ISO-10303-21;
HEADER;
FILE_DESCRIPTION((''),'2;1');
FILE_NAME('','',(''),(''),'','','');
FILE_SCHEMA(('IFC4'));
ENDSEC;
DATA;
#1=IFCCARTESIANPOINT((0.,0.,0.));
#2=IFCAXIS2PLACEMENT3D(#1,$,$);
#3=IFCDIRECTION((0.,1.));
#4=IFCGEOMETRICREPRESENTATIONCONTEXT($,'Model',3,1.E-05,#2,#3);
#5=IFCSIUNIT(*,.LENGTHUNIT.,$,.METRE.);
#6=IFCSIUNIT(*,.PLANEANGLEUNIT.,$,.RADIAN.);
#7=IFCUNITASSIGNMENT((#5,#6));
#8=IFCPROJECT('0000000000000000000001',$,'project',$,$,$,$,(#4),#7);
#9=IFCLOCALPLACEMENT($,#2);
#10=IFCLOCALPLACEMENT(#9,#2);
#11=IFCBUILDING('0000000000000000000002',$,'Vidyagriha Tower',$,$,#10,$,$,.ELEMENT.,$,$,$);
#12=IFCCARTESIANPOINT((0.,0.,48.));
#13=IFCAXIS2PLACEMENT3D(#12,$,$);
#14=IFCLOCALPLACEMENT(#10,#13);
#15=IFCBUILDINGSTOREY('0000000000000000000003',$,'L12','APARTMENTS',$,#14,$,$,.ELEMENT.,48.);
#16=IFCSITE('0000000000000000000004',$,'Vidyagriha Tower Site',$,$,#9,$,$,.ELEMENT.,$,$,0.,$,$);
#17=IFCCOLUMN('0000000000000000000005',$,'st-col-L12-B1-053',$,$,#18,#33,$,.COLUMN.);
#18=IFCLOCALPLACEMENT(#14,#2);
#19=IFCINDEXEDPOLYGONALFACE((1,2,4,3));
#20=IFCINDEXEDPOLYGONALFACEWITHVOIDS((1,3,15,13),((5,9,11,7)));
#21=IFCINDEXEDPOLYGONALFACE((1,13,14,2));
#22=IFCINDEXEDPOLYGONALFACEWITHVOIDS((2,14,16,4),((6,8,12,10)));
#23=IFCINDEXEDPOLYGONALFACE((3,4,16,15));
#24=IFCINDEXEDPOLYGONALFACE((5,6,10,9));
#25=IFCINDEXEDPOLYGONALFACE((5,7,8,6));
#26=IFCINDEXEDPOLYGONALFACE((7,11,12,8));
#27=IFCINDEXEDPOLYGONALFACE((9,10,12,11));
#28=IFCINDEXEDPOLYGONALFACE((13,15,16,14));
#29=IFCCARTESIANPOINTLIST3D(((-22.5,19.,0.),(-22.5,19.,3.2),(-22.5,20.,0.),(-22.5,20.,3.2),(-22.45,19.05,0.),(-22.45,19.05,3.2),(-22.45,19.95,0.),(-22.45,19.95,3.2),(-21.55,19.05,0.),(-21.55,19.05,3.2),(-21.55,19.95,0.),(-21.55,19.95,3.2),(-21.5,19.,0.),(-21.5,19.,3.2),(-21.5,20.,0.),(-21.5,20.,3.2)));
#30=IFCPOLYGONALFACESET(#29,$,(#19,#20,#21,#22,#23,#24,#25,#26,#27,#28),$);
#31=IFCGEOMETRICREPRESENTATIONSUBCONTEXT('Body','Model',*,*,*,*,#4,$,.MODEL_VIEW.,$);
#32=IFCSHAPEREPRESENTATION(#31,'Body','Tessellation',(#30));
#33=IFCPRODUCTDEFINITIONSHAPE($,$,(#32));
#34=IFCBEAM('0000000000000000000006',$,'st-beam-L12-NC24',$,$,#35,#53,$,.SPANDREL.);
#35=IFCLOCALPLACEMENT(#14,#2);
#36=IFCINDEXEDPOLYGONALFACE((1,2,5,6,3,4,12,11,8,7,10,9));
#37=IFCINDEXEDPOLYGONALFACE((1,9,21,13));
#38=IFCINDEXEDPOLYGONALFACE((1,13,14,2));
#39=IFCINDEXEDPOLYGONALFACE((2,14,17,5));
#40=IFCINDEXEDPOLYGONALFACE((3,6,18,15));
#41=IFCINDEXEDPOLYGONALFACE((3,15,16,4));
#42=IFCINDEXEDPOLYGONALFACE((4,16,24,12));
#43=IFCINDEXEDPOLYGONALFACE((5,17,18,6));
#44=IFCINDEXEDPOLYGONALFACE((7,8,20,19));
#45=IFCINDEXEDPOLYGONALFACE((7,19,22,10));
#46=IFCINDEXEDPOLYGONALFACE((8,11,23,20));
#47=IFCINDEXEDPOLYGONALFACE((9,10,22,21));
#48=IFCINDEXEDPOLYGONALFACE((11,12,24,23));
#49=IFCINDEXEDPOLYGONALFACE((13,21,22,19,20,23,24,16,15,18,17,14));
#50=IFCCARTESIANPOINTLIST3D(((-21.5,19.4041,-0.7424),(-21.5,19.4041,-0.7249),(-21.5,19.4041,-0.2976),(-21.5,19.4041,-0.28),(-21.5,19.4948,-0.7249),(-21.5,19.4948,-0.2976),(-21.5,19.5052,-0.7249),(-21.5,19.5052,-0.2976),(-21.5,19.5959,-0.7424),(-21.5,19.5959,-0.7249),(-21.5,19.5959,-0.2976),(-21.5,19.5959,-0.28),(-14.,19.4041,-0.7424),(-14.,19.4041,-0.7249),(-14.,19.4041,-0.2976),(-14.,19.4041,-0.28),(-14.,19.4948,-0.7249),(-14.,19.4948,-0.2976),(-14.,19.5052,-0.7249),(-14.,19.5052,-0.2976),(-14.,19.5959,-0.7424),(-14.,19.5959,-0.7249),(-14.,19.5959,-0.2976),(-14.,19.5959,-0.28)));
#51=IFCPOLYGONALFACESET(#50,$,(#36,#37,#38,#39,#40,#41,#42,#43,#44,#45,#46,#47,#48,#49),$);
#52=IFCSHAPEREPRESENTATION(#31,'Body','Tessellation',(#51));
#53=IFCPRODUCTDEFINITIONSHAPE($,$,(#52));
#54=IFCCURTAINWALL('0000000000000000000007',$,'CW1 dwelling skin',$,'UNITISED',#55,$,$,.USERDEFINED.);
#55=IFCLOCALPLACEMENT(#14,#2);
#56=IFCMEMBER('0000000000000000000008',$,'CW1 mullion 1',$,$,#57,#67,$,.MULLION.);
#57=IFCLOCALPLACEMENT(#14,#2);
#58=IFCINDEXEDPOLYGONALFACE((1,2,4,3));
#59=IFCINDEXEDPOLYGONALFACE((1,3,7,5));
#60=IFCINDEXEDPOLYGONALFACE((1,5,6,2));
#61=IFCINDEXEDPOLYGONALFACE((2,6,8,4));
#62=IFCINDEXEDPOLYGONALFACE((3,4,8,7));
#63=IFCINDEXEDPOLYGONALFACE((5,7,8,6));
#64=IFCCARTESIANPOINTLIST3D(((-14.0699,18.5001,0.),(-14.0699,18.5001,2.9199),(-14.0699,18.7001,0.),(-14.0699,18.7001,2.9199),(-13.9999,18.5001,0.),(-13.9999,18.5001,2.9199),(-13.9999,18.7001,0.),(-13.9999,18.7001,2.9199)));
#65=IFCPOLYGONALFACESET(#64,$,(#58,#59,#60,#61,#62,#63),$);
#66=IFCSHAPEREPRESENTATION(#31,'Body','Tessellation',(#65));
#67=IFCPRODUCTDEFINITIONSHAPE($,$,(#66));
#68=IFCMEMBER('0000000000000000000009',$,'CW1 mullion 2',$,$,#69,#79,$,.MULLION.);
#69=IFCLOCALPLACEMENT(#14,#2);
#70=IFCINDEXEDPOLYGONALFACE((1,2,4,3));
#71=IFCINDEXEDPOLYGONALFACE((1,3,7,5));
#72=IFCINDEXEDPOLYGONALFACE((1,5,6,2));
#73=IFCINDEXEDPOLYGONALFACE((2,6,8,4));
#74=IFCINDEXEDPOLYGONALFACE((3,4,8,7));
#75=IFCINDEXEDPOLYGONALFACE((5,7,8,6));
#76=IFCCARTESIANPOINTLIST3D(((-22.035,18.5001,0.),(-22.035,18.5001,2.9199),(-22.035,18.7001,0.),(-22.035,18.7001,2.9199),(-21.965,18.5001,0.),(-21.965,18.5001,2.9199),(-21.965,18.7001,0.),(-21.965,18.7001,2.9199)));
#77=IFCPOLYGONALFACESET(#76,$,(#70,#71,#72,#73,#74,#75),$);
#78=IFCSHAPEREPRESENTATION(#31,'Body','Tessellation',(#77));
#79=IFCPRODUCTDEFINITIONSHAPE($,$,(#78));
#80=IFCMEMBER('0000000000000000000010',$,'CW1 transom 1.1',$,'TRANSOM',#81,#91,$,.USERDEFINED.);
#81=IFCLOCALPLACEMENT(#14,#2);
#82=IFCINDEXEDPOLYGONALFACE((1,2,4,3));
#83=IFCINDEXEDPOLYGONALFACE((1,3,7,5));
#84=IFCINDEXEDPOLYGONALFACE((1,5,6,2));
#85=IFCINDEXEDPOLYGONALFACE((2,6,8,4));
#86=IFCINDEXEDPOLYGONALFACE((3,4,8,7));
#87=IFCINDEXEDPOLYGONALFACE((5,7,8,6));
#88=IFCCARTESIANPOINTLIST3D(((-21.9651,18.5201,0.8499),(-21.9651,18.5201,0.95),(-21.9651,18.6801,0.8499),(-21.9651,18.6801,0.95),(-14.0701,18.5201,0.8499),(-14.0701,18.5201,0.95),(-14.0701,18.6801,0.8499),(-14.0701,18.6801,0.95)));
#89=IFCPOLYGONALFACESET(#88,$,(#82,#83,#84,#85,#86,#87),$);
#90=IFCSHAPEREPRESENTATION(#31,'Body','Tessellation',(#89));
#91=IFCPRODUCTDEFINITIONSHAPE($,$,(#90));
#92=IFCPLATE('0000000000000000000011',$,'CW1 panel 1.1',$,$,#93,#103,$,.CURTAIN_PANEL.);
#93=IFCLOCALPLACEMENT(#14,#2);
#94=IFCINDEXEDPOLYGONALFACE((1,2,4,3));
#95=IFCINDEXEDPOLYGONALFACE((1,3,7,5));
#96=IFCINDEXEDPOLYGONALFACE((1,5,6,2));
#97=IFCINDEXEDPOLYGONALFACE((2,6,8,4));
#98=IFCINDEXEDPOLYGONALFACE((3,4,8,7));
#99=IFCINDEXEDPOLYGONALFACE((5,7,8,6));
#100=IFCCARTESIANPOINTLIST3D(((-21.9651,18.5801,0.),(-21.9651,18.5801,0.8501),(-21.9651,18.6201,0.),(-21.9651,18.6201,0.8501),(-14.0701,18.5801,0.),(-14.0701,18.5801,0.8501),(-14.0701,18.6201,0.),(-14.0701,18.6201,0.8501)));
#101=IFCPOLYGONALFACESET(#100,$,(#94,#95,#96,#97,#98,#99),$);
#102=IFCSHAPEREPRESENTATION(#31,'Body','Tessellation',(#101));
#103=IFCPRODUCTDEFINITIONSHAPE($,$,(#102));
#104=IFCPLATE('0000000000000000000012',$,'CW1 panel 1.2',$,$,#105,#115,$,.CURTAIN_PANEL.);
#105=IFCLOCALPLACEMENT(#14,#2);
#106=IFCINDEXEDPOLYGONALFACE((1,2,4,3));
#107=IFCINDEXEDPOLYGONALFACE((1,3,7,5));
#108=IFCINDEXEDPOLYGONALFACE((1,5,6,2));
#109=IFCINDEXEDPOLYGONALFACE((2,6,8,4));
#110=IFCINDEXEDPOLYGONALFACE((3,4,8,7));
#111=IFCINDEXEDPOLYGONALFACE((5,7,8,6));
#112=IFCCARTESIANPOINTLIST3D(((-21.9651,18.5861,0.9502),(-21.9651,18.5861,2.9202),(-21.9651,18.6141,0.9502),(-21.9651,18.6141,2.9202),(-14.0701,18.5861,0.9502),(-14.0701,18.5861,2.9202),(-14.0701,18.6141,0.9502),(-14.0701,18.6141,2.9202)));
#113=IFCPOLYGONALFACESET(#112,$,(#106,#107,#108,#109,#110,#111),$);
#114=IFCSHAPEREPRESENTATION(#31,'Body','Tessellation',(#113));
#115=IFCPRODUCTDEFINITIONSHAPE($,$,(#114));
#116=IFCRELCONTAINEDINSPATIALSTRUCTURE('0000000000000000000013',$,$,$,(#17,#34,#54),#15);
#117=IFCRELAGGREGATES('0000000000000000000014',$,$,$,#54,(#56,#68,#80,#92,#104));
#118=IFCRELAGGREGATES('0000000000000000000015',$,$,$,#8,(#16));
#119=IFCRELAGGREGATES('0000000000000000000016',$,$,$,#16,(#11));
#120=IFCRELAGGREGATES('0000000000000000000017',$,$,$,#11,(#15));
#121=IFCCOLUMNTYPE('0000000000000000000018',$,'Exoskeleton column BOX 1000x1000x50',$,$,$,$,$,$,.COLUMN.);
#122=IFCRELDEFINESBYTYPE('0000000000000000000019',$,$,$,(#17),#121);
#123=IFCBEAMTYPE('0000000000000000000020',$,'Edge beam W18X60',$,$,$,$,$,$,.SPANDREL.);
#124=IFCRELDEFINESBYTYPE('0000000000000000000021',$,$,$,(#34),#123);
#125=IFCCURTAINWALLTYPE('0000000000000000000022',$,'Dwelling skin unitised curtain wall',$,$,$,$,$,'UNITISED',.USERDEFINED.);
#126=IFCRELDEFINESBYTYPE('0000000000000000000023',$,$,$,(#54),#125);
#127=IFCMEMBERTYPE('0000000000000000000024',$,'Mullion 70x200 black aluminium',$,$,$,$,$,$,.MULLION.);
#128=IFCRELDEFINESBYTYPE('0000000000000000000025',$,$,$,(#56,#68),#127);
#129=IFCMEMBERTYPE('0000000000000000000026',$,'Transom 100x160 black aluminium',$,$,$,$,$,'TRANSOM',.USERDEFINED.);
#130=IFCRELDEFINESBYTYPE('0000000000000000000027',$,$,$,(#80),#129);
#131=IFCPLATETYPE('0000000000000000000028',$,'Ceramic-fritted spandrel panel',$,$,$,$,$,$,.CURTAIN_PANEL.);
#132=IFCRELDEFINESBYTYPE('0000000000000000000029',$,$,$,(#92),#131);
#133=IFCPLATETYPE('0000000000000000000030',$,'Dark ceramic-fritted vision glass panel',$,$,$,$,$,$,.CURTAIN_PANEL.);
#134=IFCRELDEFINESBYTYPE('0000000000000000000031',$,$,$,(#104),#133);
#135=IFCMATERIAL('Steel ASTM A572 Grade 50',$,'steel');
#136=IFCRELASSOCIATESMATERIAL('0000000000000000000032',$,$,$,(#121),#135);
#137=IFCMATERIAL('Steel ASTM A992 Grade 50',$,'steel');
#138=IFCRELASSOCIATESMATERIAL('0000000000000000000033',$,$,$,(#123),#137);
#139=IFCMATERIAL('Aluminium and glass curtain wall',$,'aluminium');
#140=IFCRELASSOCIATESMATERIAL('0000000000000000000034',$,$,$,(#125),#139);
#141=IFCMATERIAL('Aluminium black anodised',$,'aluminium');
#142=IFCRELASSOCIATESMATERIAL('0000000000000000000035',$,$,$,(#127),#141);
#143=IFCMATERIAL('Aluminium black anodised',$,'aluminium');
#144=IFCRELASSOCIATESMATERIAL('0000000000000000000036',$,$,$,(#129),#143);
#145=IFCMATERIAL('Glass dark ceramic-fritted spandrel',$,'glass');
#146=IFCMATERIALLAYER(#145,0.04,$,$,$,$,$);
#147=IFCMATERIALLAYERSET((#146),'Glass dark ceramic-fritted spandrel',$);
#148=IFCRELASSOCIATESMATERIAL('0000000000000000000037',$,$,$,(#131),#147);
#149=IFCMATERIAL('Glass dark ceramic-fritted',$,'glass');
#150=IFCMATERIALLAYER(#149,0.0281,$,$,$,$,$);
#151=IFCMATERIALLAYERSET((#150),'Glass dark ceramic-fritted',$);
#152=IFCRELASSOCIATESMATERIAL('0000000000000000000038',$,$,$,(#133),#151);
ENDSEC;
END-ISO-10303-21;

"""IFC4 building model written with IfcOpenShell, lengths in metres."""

from ifc_helpers import new_model, si_unit, direction, frame, origin, origin_2d, place, context, subcontext, project, spatial, rectangle, hollow_rectangle, i_section, extrude, material, layer, layer_set, material_profile, profile_set, type_object, element, aggregate, save


model = new_model("IFC4")

# Units and contexts
model_context = context("Model", 3, precision=1e-05, world=origin(), true_north=direction((0.0, 1.0)))
body_context = subcontext(model_context, "Body", "Model", "MODEL_VIEW")
ifc_project = project(units=[si_unit("LENGTHUNIT", "METRE"), si_unit("PLANEANGLEUNIT", "RADIAN")], contexts=[model_context])

# Site, building, storey
site_placement = place(None, origin())
site = spatial("IfcSite", under=ifc_project, at=site_placement, Name="Vidyagriha Tower Site", CompositionType="ELEMENT", RefElevation=0.0)
building_placement = place(site_placement, origin())
building = spatial("IfcBuilding", under=site, at=building_placement, Name="Vidyagriha Tower", CompositionType="ELEMENT")
storey_placement = place(building_placement, frame((0.0, 0.0, 48.0)))
storey = spatial("IfcBuildingStorey", under=building, at=storey_placement, Name="L12", Description="APARTMENTS", CompositionType="ELEMENT", Elevation=48.0)

# Column
ifc_material_1 = material(Name="Steel ASTM A572 Grade 50", Category="steel")
ifc_material_profile_1 = material_profile(ifc_material_1, hollow_rectangle(XDim=1.0, YDim=1.0, WallThickness=0.05, at=origin_2d()), Name="BOX 1000x1000x50")
ifc_profile_set_1 = profile_set([ifc_material_profile_1], Name="Steel ASTM A572 Grade 50")
column_type = type_object("IfcColumnType", Name="Exoskeleton column BOX 1000x1000x50", PredefinedType="COLUMN", material=ifc_profile_set_1)
column_placement = place(storey_placement, frame((-22.0, 19.5, 0.0)))
element("IfcColumn", 1, at=column_placement, inside=storey, type_object=column_type, Name="st-col-L12-B1-053", PredefinedType="COLUMN", context=body_context, shape_type="SweptSolid", body=[
    extrude(hollow_rectangle(XDim=1.0, YDim=1.0, WallThickness=0.05, at=origin_2d()), origin(), (0.0, 0.0, 1.0), 3.2),
])

# Beam
ifc_material_2 = material(Name="Steel ASTM A992 Grade 50", Category="steel")
ifc_material_profile_2 = material_profile(ifc_material_2, i_section(OverallWidth=0.1919, OverallDepth=0.4624, WebThickness=0.0105, FlangeThickness=0.0176, at=origin_2d()), Name="W18X60")
ifc_profile_set_2 = profile_set([ifc_material_profile_2], Name="Steel ASTM A992 Grade 50")
beam_type = type_object("IfcBeamType", Name="Edge beam W18X60", PredefinedType="SPANDREL", material=ifc_profile_set_2)
beam_placement = place(storey_placement, frame((-21.5, 19.5, -0.5112), z_axis=(1.0, 0.0, 0.0), x_axis=(0.0, 1.0, 0.0)))
element("IfcBeam", 2, at=beam_placement, inside=storey, type_object=beam_type, Name="st-beam-L12-NC24", PredefinedType="SPANDREL", context=body_context, shape_type="SweptSolid", body=[
    extrude(i_section(OverallWidth=0.1919, OverallDepth=0.4624, WebThickness=0.0105, FlangeThickness=0.0176, at=origin_2d()), origin(), (0.0, 0.0, 1.0), 7.5),
])

# Curtain wall, members, plates
ifc_material_3 = material(Name="Aluminium and glass curtain wall", Category="aluminium")
curtain_wall_type = type_object("IfcCurtainWallType", Name="Dwelling skin unitised curtain wall", ElementType="UNITISED", PredefinedType="USERDEFINED", material=ifc_material_3)
curtain_wall_placement = place(storey_placement, origin())
curtain_wall = element("IfcCurtainWall", 3, at=curtain_wall_placement, inside=storey, type_object=curtain_wall_type, Name="CW1 dwelling skin", ObjectType="UNITISED", PredefinedType="USERDEFINED")
ifc_material_4 = material(Name="Aluminium black anodised", Category="aluminium")
ifc_material_profile_3 = material_profile(ifc_material_4, rectangle(XDim=0.2, YDim=0.0701, at=origin_2d()), Name="Mullion 70x200 black aluminium")
ifc_profile_set_3 = profile_set([ifc_material_profile_3], Name="Aluminium black anodised")
member_type_1 = type_object("IfcMemberType", Name="Mullion 70x200 black aluminium", PredefinedType="MULLION", material=ifc_profile_set_3)
member_1_placement = place(storey_placement, frame((-14.0349, 18.6001, 0.0), z_axis=(0.0, 0.0, 1.0), x_axis=(0.0, -1.0, 0.0)))
member_1 = element("IfcMember", 4, at=member_1_placement, type_object=member_type_1, Name="CW1 mullion 1", PredefinedType="MULLION", context=body_context, shape_type="SweptSolid", body=[
    extrude(rectangle(XDim=0.2, YDim=0.0701, at=origin_2d()), origin(), (0.0, 0.0, 1.0), 2.9199),
])
member_2_placement = place(storey_placement, frame((-22.0, 18.6001, 0.0), z_axis=(0.0, 0.0, 1.0), x_axis=(0.0, -1.0, 0.0)))
member_2 = element("IfcMember", 5, at=member_2_placement, type_object=member_type_1, Name="CW1 mullion 2", PredefinedType="MULLION", context=body_context, shape_type="SweptSolid", body=[
    extrude(rectangle(XDim=0.2, YDim=0.0701, at=origin_2d()), origin(), (0.0, 0.0, 1.0), 2.9199),
])
ifc_material_5 = material(Name="Aluminium black anodised", Category="aluminium")
ifc_material_profile_4 = material_profile(ifc_material_5, rectangle(XDim=0.1599, YDim=0.1001, at=origin_2d()), Name="Transom 100x160 black aluminium")
ifc_profile_set_4 = profile_set([ifc_material_profile_4], Name="Aluminium black anodised")
member_type_2 = type_object("IfcMemberType", Name="Transom 100x160 black aluminium", ElementType="TRANSOM", PredefinedType="USERDEFINED", material=ifc_profile_set_4)
member_3_placement = place(storey_placement, frame((-14.0701, 18.6001, 0.8999), z_axis=(-1.0, 0.0, 0.0), x_axis=(0.0, -1.0, 0.0)))
member_3 = element("IfcMember", 6, at=member_3_placement, type_object=member_type_2, Name="CW1 transom 1.1", ObjectType="TRANSOM", PredefinedType="USERDEFINED", context=body_context, shape_type="SweptSolid", body=[
    extrude(rectangle(XDim=0.1599, YDim=0.1001, at=origin_2d()), origin(), (0.0, 0.0, 1.0), 7.895),
])
ifc_material_6 = material(Name="Glass dark ceramic-fritted spandrel", Category="glass")
ifc_layer_1 = layer(ifc_material_6, 0.04)
ifc_layer_set_1 = layer_set([ifc_layer_1], Name="Glass dark ceramic-fritted spandrel")
plate_type_1 = type_object("IfcPlateType", Name="Ceramic-fritted spandrel panel", PredefinedType="CURTAIN_PANEL", material=ifc_layer_set_1)
plate_1_placement = place(storey_placement, frame((-18.0176, 18.6001, 0.0), z_axis=(0.0, 0.0, 1.0), x_axis=(-1.0, 0.0, 0.0)))
plate_1 = element("IfcPlate", 7, at=plate_1_placement, type_object=plate_type_1, Name="CW1 panel 1.1", PredefinedType="CURTAIN_PANEL", context=body_context, shape_type="SweptSolid", body=[
    extrude(rectangle(XDim=7.895, YDim=0.04, at=origin_2d()), origin(), (0.0, 0.0, 1.0), 0.8501),
])
ifc_material_7 = material(Name="Glass dark ceramic-fritted", Category="glass")
ifc_layer_2 = layer(ifc_material_7, 0.0281)
ifc_layer_set_2 = layer_set([ifc_layer_2], Name="Glass dark ceramic-fritted")
plate_type_2 = type_object("IfcPlateType", Name="Dark ceramic-fritted vision glass panel", PredefinedType="CURTAIN_PANEL", material=ifc_layer_set_2)
plate_2_placement = place(storey_placement, frame((-18.0176, 18.6001, 0.9502), z_axis=(0.0, 0.0, 1.0), x_axis=(-1.0, 0.0, 0.0)))
plate_2 = element("IfcPlate", 8, at=plate_2_placement, type_object=plate_type_2, Name="CW1 panel 1.2", PredefinedType="CURTAIN_PANEL", context=body_context, shape_type="SweptSolid", body=[
    extrude(rectangle(XDim=7.895, YDim=0.0281, at=origin_2d()), origin(), (0.0, 0.0, 1.0), 1.97),
])
aggregate(curtain_wall, [member_1, member_2, member_3, plate_1, plate_2])

save(model, "model.ifc")
